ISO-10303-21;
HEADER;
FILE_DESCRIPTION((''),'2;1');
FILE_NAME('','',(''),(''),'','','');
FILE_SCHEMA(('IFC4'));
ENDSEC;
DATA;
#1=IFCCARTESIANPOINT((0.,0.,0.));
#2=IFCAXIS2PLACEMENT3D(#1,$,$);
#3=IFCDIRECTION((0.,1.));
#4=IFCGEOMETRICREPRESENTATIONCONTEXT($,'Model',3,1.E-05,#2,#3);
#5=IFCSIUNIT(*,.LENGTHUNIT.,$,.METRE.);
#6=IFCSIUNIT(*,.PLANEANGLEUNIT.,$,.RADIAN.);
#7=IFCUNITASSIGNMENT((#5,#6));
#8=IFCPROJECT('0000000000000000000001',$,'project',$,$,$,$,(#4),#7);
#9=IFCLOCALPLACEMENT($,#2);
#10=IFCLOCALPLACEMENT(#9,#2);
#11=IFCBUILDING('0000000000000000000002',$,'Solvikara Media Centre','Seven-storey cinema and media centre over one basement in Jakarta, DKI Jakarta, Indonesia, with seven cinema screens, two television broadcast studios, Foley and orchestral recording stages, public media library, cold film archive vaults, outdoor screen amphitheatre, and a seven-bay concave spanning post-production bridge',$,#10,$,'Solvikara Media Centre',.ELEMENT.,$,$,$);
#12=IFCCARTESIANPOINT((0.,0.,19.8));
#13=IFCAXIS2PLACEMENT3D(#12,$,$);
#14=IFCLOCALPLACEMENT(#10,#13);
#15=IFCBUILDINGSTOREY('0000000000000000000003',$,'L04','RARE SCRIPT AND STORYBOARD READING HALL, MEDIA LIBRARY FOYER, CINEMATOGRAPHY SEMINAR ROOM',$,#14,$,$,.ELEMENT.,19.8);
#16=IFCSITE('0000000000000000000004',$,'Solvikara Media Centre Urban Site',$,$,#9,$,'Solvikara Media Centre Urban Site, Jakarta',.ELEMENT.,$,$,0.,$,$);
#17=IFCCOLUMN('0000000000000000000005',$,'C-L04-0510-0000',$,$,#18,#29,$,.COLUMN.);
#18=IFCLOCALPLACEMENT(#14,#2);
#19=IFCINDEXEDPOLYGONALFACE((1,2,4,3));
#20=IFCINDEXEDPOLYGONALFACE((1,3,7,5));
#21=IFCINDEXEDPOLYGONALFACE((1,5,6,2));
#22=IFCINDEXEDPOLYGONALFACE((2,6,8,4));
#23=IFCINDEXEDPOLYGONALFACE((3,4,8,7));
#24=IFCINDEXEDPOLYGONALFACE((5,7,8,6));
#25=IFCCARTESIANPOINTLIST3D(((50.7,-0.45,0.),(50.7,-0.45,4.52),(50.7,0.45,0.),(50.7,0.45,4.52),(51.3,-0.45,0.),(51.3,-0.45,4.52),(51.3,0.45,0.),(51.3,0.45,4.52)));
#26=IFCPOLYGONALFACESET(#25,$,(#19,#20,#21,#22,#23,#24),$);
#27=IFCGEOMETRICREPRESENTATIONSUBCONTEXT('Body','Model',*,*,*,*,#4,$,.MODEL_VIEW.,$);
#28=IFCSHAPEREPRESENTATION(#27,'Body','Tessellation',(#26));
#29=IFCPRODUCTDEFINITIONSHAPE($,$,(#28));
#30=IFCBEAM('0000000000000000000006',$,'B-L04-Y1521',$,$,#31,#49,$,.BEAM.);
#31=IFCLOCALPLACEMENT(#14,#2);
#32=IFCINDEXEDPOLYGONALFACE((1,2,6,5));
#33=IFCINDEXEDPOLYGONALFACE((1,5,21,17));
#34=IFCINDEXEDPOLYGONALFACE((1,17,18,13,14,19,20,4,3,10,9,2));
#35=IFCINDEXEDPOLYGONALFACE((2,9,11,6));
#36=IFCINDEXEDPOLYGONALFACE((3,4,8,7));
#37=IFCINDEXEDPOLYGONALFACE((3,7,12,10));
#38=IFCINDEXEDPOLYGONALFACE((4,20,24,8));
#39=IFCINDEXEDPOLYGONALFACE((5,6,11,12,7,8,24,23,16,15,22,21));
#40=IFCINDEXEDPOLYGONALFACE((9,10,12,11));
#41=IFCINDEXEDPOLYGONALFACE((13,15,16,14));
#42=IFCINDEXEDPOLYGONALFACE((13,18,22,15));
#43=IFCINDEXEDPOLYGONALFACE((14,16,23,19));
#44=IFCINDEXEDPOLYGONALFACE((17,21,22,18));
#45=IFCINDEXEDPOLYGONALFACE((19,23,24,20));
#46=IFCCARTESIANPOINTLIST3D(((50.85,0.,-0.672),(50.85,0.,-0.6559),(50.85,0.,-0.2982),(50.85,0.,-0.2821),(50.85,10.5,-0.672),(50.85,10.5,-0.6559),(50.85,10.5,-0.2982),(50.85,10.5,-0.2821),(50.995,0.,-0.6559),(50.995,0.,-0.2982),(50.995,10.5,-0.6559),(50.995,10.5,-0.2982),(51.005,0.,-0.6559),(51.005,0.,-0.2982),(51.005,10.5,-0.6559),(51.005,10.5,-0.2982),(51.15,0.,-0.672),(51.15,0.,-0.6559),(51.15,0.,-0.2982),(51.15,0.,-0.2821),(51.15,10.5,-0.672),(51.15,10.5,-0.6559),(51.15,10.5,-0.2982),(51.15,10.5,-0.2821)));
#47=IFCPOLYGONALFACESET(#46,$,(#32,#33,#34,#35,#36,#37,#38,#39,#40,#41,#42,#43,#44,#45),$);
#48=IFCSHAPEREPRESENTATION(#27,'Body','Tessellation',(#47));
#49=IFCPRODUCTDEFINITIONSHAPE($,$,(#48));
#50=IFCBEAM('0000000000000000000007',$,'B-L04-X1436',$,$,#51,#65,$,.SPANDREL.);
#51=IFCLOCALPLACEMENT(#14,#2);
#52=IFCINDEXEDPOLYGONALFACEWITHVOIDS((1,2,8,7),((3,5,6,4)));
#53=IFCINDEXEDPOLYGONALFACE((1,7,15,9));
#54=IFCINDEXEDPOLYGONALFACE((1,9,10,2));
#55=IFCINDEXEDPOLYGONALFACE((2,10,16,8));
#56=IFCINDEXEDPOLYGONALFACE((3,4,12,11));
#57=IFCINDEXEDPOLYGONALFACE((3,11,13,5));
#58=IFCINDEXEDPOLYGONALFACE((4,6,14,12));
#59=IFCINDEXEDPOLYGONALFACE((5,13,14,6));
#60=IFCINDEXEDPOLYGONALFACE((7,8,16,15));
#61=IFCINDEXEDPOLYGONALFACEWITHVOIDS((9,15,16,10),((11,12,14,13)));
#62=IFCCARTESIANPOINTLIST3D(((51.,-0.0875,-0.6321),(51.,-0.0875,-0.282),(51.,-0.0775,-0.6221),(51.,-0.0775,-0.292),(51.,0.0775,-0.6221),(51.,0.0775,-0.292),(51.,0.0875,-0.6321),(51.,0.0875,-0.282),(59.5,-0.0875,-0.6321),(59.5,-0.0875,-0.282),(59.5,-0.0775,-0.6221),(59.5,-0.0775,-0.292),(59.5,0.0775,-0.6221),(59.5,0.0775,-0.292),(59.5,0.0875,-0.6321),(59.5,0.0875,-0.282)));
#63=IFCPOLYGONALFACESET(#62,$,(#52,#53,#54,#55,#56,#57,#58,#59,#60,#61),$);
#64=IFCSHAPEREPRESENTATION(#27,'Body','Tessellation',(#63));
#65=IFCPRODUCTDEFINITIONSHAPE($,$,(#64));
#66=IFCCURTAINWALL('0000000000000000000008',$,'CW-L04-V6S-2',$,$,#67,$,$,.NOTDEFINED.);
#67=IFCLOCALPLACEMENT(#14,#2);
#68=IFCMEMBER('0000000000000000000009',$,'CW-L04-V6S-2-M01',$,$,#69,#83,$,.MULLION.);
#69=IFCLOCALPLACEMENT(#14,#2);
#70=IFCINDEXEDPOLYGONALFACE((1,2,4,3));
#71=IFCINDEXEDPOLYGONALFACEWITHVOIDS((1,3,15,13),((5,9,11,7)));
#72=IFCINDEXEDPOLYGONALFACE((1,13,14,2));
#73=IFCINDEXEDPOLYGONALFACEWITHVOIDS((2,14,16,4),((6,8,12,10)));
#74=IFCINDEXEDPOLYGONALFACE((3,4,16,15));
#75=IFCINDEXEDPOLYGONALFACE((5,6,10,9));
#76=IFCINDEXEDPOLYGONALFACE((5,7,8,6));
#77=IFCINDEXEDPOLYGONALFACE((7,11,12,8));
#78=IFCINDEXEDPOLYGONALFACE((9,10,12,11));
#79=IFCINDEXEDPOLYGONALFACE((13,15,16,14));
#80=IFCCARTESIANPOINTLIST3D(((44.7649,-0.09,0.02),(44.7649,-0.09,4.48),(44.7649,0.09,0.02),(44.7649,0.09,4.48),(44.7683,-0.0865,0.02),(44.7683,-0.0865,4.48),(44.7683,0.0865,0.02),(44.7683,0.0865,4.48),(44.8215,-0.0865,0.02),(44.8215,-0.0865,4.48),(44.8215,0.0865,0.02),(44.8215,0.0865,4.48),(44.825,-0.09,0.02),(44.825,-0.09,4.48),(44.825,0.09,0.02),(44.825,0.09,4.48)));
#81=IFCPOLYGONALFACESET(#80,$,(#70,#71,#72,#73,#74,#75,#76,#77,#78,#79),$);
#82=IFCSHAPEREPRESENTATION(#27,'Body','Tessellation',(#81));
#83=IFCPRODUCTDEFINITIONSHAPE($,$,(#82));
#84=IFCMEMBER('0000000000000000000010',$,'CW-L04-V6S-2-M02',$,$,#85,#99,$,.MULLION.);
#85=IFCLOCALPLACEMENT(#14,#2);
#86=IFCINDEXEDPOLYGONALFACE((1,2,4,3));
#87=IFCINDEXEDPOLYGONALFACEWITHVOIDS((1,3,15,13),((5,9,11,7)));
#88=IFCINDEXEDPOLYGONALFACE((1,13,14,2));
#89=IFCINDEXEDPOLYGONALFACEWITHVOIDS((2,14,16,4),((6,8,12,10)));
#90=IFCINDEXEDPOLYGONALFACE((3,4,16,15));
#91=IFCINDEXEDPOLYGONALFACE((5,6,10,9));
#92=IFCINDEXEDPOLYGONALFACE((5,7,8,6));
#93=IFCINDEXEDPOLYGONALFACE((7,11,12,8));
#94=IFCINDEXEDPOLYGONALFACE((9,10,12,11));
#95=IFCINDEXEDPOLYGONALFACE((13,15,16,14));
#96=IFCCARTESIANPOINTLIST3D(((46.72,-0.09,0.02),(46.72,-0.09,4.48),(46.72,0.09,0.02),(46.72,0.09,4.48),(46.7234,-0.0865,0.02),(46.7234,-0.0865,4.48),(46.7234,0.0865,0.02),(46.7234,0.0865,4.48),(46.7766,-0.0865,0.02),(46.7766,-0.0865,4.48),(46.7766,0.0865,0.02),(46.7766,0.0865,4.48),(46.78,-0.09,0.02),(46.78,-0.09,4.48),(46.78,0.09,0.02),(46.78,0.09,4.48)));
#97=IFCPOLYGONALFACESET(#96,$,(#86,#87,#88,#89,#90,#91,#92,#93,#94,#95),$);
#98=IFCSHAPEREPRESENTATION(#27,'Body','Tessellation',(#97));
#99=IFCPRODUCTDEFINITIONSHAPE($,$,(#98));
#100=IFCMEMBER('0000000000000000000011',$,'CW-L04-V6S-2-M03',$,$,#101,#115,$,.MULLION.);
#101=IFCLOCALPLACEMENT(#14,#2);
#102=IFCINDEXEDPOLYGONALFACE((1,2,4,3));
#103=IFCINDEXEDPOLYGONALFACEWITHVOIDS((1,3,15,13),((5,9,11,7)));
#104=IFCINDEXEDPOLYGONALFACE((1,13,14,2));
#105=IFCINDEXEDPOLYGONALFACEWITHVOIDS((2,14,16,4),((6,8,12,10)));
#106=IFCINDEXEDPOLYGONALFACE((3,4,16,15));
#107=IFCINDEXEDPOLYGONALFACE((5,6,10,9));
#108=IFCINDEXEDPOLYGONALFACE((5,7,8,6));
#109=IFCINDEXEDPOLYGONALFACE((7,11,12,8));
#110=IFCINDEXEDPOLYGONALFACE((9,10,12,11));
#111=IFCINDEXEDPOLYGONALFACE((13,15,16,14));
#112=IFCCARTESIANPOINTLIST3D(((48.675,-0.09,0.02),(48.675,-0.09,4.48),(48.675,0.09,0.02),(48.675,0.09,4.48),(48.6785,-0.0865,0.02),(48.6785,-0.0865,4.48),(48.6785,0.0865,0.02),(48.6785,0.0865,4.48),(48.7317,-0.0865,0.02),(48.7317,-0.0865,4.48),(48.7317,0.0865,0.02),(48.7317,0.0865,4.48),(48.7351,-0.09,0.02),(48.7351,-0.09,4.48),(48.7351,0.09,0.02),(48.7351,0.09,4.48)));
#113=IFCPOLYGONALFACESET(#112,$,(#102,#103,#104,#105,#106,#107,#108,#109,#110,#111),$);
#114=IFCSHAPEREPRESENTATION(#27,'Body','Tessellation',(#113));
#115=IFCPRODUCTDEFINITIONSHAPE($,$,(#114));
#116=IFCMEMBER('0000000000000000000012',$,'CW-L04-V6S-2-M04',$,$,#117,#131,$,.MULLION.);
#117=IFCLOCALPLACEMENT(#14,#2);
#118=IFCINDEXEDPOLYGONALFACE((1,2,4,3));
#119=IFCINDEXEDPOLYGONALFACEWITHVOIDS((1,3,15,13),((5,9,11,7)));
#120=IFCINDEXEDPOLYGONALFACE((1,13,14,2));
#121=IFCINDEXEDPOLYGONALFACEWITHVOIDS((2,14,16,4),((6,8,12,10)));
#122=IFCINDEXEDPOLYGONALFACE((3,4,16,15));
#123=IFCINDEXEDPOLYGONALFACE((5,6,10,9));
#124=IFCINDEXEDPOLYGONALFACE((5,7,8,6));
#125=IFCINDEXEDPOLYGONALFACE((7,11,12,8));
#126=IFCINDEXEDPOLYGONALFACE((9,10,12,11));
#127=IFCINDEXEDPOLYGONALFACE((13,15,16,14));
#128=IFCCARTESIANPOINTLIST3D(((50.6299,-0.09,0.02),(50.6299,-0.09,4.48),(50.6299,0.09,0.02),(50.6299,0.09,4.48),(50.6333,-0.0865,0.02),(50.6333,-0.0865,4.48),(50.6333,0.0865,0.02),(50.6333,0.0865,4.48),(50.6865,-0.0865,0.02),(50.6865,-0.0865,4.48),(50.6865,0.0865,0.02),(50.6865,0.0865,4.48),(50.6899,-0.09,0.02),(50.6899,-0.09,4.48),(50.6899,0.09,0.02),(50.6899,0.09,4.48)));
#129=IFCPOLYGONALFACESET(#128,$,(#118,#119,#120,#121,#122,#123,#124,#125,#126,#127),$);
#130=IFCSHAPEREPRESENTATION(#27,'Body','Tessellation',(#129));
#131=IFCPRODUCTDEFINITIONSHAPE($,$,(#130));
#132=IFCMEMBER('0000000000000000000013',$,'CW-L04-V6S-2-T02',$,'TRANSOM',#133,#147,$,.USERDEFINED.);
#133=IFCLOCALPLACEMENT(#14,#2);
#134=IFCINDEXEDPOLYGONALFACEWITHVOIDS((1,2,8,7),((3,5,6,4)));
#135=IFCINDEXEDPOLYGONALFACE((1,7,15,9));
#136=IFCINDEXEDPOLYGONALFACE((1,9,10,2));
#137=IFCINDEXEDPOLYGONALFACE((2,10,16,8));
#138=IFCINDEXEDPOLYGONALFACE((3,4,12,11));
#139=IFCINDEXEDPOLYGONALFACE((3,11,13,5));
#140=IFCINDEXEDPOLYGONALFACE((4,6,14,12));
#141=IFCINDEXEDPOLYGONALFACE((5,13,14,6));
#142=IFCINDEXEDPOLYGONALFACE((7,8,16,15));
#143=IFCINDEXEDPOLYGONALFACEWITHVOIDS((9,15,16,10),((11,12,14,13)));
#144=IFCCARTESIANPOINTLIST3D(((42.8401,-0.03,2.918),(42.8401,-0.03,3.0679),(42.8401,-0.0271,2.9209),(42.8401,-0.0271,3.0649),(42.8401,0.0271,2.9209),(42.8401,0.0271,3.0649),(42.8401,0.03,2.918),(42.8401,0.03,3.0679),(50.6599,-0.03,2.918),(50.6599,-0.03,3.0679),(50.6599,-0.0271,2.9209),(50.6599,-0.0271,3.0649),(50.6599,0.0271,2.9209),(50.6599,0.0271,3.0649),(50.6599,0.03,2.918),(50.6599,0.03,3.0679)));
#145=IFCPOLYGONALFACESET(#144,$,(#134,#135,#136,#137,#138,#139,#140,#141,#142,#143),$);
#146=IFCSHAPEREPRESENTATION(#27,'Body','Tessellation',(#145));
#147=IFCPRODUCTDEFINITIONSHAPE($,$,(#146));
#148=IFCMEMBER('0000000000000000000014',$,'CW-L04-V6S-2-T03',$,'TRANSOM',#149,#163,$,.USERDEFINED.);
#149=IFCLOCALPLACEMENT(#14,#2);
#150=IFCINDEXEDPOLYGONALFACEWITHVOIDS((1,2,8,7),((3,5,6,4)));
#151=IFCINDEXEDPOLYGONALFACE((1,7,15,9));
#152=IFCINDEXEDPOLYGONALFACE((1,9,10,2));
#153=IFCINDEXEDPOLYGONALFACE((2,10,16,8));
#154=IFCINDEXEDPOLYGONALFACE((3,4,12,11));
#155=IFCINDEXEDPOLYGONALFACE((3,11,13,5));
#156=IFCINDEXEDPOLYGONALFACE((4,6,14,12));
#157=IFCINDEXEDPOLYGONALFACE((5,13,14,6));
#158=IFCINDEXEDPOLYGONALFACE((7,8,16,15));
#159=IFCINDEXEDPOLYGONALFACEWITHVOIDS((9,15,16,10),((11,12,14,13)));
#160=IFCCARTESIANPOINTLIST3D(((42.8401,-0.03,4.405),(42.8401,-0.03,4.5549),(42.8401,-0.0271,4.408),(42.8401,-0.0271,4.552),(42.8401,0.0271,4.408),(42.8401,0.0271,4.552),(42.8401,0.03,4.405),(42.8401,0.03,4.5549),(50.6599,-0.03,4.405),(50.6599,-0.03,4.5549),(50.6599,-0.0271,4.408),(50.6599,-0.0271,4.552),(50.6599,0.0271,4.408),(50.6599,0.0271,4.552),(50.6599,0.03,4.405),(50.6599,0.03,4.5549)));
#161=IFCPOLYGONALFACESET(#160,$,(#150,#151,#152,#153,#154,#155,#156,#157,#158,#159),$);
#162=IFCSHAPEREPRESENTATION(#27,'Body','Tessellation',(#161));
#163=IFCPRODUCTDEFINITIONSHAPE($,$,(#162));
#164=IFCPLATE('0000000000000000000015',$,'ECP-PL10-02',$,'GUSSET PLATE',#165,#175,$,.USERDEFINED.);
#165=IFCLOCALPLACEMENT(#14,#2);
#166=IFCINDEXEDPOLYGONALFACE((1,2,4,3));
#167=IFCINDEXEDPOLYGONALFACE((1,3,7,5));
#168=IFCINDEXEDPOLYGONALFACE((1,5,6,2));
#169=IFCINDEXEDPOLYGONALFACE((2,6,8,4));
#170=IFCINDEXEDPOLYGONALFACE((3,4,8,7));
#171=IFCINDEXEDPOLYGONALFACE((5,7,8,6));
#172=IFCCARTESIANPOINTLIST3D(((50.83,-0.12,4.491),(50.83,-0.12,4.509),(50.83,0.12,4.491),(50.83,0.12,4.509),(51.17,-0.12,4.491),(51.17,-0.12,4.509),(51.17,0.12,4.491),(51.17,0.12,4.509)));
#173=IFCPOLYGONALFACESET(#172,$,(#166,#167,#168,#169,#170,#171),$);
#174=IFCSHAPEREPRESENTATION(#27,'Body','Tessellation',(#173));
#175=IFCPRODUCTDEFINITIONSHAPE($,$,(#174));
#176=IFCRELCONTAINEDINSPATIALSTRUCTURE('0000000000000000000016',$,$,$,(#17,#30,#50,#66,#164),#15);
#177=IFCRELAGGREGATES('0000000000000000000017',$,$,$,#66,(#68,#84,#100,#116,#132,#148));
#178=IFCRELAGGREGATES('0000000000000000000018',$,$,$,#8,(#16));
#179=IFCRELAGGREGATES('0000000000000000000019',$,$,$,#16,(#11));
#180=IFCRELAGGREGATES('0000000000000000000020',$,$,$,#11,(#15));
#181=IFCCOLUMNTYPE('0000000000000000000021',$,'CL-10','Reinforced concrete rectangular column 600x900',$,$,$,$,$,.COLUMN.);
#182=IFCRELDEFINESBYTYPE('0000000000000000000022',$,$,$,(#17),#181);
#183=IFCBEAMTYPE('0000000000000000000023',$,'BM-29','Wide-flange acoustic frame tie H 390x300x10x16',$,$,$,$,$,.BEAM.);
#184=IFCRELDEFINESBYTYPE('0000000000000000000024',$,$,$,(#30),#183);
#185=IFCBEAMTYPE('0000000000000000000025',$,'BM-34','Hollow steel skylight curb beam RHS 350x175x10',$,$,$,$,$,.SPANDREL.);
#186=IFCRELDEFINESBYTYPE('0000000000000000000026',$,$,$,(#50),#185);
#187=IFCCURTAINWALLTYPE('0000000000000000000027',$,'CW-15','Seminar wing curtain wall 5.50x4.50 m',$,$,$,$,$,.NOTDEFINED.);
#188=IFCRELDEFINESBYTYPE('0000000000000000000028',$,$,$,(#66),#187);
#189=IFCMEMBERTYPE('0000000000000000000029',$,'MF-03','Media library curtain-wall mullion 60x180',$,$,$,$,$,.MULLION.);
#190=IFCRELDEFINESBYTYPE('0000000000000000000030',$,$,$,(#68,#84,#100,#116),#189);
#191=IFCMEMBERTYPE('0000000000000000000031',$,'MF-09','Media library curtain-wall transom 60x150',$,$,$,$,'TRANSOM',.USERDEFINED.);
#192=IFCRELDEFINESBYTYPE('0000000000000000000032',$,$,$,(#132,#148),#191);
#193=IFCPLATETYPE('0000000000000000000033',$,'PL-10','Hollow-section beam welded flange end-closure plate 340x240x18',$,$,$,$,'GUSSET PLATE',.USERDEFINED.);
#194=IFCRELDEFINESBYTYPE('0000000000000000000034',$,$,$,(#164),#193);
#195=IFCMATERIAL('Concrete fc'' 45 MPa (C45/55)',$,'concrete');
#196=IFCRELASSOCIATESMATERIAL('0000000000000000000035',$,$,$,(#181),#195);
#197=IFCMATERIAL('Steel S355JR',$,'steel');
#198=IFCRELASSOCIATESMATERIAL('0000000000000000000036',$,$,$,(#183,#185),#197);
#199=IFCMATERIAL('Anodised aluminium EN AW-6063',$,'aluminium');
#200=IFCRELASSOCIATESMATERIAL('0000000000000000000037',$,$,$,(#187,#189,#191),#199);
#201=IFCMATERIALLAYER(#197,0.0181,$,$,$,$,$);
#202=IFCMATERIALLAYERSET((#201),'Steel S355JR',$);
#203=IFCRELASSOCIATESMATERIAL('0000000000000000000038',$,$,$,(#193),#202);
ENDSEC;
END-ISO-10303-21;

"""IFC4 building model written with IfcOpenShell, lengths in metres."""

from ifc_helpers import new_model, si_unit, direction, frame, origin, origin_2d, place, context, subcontext, project, spatial, rectangle, hollow_rectangle, i_section, extrude, material, layer, layer_set, material_profile, profile_set, type_object, element, aggregate, save


model = new_model("IFC4")

# Units and contexts
model_context = context("Model", 3, precision=1e-05, world=origin(), true_north=direction((0.0, 1.0)))
body_context = subcontext(model_context, "Body", "Model", "MODEL_VIEW")
ifc_project = project(units=[si_unit("LENGTHUNIT", "METRE"), si_unit("PLANEANGLEUNIT", "RADIAN")], contexts=[model_context])

# Site, building, storey
site_placement = place(None, origin())
site = spatial("IfcSite", under=ifc_project, at=site_placement, Name="Solvikara Media Centre Urban Site", LongName="Solvikara Media Centre Urban Site, Jakarta", CompositionType="ELEMENT", RefElevation=0.0)
building_placement = place(site_placement, origin())
building = spatial("IfcBuilding", under=site, at=building_placement, Name="Solvikara Media Centre", Description="Seven-storey cinema and media centre over one basement in Jakarta, DKI Jakarta, Indonesia, with seven cinema screens, two television broadcast studios, Foley and orchestral recording stages, public media library, cold film archive vaults, outdoor screen amphitheatre, and a seven-bay concave spanning post-production bridge", LongName="Solvikara Media Centre", CompositionType="ELEMENT")
storey_placement = place(building_placement, frame((0.0, 0.0, 19.8)))
storey = spatial("IfcBuildingStorey", under=building, at=storey_placement, Name="L04", Description="RARE SCRIPT AND STORYBOARD READING HALL, MEDIA LIBRARY FOYER, CINEMATOGRAPHY SEMINAR ROOM", CompositionType="ELEMENT", Elevation=19.8)

# Column
ifc_material_1 = material(Name="Concrete fc' 45 MPa (C45/55)", Category="concrete")
ifc_material_profile_1 = material_profile(ifc_material_1, rectangle(XDim=0.6001, YDim=0.8999, at=origin_2d()), Name="RC 600x900")
ifc_profile_set_1 = profile_set([ifc_material_profile_1], Name="Concrete fc' 45 MPa (C45/55)")
column_type = type_object("IfcColumnType", Name="CL-10", Description="Reinforced concrete rectangular column 600x900", PredefinedType="COLUMN", material=ifc_profile_set_1)
column_placement = place(storey_placement, frame((51.0, 0.0, 0.0), z_axis=(0.0, 0.0, 1.0), x_axis=(1.0, 0.0, 0.0)))
element("IfcColumn", 1, at=column_placement, inside=storey, type_object=column_type, Name="C-L04-0510-0000", PredefinedType="COLUMN", context=body_context, shape_type="SweptSolid", body=[
    extrude(rectangle(XDim=0.6001, YDim=0.8999, at=origin_2d()), origin(), (0.0, 0.0, 1.0), 4.52),
])

# Beams
ifc_material_2 = material(Name="Steel S355JR", Category="steel")
ifc_material_profile_2 = material_profile(ifc_material_2, i_section(OverallWidth=0.3, OverallDepth=0.3899, WebThickness=0.01, FlangeThickness=0.0161, at=origin_2d()), Name="H 390x300x10x16")
ifc_profile_set_2 = profile_set([ifc_material_profile_2], Name="Steel S355JR")
beam_type_1 = type_object("IfcBeamType", Name="BM-29", Description="Wide-flange acoustic frame tie H 390x300x10x16", PredefinedType="BEAM", material=ifc_profile_set_2)
beam_1_placement = place(storey_placement, frame((51.0, 0.0, -0.4771), z_axis=(0.0, 1.0, 0.0), x_axis=(-1.0, 0.0, 0.0)))
element("IfcBeam", 2, at=beam_1_placement, inside=storey, type_object=beam_type_1, Name="B-L04-Y1521", PredefinedType="BEAM", context=body_context, shape_type="SweptSolid", body=[
    extrude(i_section(OverallWidth=0.3, OverallDepth=0.3899, WebThickness=0.01, FlangeThickness=0.0161, at=origin_2d()), origin(), (0.0, 0.0, 1.0), 10.5),
])
ifc_material_profile_3 = material_profile(ifc_material_2, hollow_rectangle(XDim=0.175, YDim=0.3501, WallThickness=0.01, at=origin_2d()), Name="RHS 350x175x10")
ifc_profile_set_3 = profile_set([ifc_material_profile_3], Name="Steel S355JR")
beam_type_2 = type_object("IfcBeamType", Name="BM-34", Description="Hollow steel skylight curb beam RHS 350x175x10", PredefinedType="SPANDREL", material=ifc_profile_set_3)
beam_2_placement = place(storey_placement, frame((51.0, 0.0, -0.457), z_axis=(1.0, 0.0, 0.0), x_axis=(0.0, 1.0, 0.0)))
element("IfcBeam", 3, at=beam_2_placement, inside=storey, type_object=beam_type_2, Name="B-L04-X1436", PredefinedType="SPANDREL", context=body_context, shape_type="SweptSolid", body=[
    extrude(hollow_rectangle(XDim=0.175, YDim=0.3501, WallThickness=0.01, at=origin_2d()), origin(), (0.0, 0.0, 1.0), 8.5),
])

# Curtain wall, members
ifc_material_3 = material(Name="Anodised aluminium EN AW-6063", Category="aluminium")
curtain_wall_type = type_object("IfcCurtainWallType", Name="CW-15", Description="Seminar wing curtain wall 5.50x4.50 m", PredefinedType="NOTDEFINED", material=ifc_material_3)
curtain_wall_placement = place(storey_placement, origin())
curtain_wall = element("IfcCurtainWall", 4, at=curtain_wall_placement, inside=storey, type_object=curtain_wall_type, Name="CW-L04-V6S-2", PredefinedType="NOTDEFINED")
ifc_material_profile_4 = material_profile(ifc_material_3, hollow_rectangle(XDim=0.0601, YDim=0.1799, WallThickness=0.0034, at=origin_2d()), Name="ALU-M 60x180x3.5")
ifc_profile_set_4 = profile_set([ifc_material_profile_4], Name="Anodised aluminium EN AW-6063")
member_type_1 = type_object("IfcMemberType", Name="MF-03", Description="Media library curtain-wall mullion 60x180", PredefinedType="MULLION", material=ifc_profile_set_4)
member_1_placement = place(storey_placement, frame((44.7949, 0.0, 0.02), z_axis=(0.0, 0.0, 1.0), x_axis=(1.0, 0.0, 0.0)))
member_1 = element("IfcMember", 5, at=member_1_placement, type_object=member_type_1, Name="CW-L04-V6S-2-M01", PredefinedType="MULLION", context=body_context, shape_type="SweptSolid", body=[
    extrude(hollow_rectangle(XDim=0.0601, YDim=0.1799, WallThickness=0.0034, at=origin_2d()), origin(), (0.0, 0.0, 1.0), 4.46),
])
member_2_placement = place(storey_placement, frame((46.75, 0.0, 0.02), z_axis=(0.0, 0.0, 1.0), x_axis=(1.0, 0.0, 0.0)))
member_2 = element("IfcMember", 6, at=member_2_placement, type_object=member_type_1, Name="CW-L04-V6S-2-M02", PredefinedType="MULLION", context=body_context, shape_type="SweptSolid", body=[
    extrude(hollow_rectangle(XDim=0.0601, YDim=0.1799, WallThickness=0.0034, at=origin_2d()), origin(), (0.0, 0.0, 1.0), 4.46),
])
member_3_placement = place(storey_placement, frame((48.7051, 0.0, 0.02), z_axis=(0.0, 0.0, 1.0), x_axis=(1.0, 0.0, 0.0)))
member_3 = element("IfcMember", 7, at=member_3_placement, type_object=member_type_1, Name="CW-L04-V6S-2-M03", PredefinedType="MULLION", context=body_context, shape_type="SweptSolid", body=[
    extrude(hollow_rectangle(XDim=0.0601, YDim=0.1799, WallThickness=0.0034, at=origin_2d()), origin(), (0.0, 0.0, 1.0), 4.46),
])
member_4_placement = place(storey_placement, frame((50.6599, 0.0, 0.02), z_axis=(0.0, 0.0, 1.0), x_axis=(1.0, 0.0, 0.0)))
member_4 = element("IfcMember", 8, at=member_4_placement, type_object=member_type_1, Name="CW-L04-V6S-2-M04", PredefinedType="MULLION", context=body_context, shape_type="SweptSolid", body=[
    extrude(hollow_rectangle(XDim=0.0601, YDim=0.1799, WallThickness=0.0034, at=origin_2d()), origin(), (0.0, 0.0, 1.0), 4.46),
])
ifc_material_profile_5 = material_profile(ifc_material_3, hollow_rectangle(XDim=0.0601, YDim=0.1499, WallThickness=0.0029, at=origin_2d()), Name="ALU-T 60x150x3")
ifc_profile_set_5 = profile_set([ifc_material_profile_5], Name="Anodised aluminium EN AW-6063")
member_type_2 = type_object("IfcMemberType", Name="MF-09", Description="Media library curtain-wall transom 60x150", ElementType="TRANSOM", PredefinedType="USERDEFINED", material=ifc_profile_set_5)
member_5_placement = place(storey_placement, frame((42.8401, 0.0, 2.9929), z_axis=(1.0, 0.0, 0.0), x_axis=(0.0, 1.0, 0.0)))
member_5 = element("IfcMember", 9, at=member_5_placement, type_object=member_type_2, Name="CW-L04-V6S-2-T02", ObjectType="TRANSOM", PredefinedType="USERDEFINED", context=body_context, shape_type="SweptSolid", body=[
    extrude(hollow_rectangle(XDim=0.0601, YDim=0.1499, WallThickness=0.0029, at=origin_2d()), origin(), (0.0, 0.0, 1.0), 7.8198),
])
member_6_placement = place(storey_placement, frame((42.8401, 0.0, 4.48), z_axis=(1.0, 0.0, 0.0), x_axis=(0.0, 1.0, 0.0)))
member_6 = element("IfcMember", 10, at=member_6_placement, type_object=member_type_2, Name="CW-L04-V6S-2-T03", ObjectType="TRANSOM", PredefinedType="USERDEFINED", context=body_context, shape_type="SweptSolid", body=[
    extrude(hollow_rectangle(XDim=0.0601, YDim=0.1499, WallThickness=0.0029, at=origin_2d()), origin(), (0.0, 0.0, 1.0), 7.8198),
])

# Plate
ifc_layer_1 = layer(ifc_material_2, 0.0181)
ifc_layer_set_1 = layer_set([ifc_layer_1], Name="Steel S355JR")
plate_type_1 = type_object("IfcPlateType", Name="PL-10", Description="Hollow-section beam welded flange end-closure plate 340x240x18", ElementType="GUSSET PLATE", PredefinedType="USERDEFINED", material=ifc_layer_set_1)
plate_1_placement = place(storey_placement, frame((51.0, 0.0, 4.491), z_axis=(0.0, 0.0, 1.0), x_axis=(1.0, 0.0, 0.0)))
element("IfcPlate", 11, at=plate_1_placement, inside=storey, type_object=plate_type_1, Name="ECP-PL10-02", ObjectType="GUSSET PLATE", PredefinedType="USERDEFINED", context=body_context, shape_type="SweptSolid", body=[
    extrude(rectangle(XDim=0.3401, YDim=0.24, at=origin_2d()), origin(), (0.0, 0.0, 1.0), 0.0181),
])
aggregate(curtain_wall, [member_1, member_2, member_3, member_4, member_5, member_6])

save(model, "model.ifc")
